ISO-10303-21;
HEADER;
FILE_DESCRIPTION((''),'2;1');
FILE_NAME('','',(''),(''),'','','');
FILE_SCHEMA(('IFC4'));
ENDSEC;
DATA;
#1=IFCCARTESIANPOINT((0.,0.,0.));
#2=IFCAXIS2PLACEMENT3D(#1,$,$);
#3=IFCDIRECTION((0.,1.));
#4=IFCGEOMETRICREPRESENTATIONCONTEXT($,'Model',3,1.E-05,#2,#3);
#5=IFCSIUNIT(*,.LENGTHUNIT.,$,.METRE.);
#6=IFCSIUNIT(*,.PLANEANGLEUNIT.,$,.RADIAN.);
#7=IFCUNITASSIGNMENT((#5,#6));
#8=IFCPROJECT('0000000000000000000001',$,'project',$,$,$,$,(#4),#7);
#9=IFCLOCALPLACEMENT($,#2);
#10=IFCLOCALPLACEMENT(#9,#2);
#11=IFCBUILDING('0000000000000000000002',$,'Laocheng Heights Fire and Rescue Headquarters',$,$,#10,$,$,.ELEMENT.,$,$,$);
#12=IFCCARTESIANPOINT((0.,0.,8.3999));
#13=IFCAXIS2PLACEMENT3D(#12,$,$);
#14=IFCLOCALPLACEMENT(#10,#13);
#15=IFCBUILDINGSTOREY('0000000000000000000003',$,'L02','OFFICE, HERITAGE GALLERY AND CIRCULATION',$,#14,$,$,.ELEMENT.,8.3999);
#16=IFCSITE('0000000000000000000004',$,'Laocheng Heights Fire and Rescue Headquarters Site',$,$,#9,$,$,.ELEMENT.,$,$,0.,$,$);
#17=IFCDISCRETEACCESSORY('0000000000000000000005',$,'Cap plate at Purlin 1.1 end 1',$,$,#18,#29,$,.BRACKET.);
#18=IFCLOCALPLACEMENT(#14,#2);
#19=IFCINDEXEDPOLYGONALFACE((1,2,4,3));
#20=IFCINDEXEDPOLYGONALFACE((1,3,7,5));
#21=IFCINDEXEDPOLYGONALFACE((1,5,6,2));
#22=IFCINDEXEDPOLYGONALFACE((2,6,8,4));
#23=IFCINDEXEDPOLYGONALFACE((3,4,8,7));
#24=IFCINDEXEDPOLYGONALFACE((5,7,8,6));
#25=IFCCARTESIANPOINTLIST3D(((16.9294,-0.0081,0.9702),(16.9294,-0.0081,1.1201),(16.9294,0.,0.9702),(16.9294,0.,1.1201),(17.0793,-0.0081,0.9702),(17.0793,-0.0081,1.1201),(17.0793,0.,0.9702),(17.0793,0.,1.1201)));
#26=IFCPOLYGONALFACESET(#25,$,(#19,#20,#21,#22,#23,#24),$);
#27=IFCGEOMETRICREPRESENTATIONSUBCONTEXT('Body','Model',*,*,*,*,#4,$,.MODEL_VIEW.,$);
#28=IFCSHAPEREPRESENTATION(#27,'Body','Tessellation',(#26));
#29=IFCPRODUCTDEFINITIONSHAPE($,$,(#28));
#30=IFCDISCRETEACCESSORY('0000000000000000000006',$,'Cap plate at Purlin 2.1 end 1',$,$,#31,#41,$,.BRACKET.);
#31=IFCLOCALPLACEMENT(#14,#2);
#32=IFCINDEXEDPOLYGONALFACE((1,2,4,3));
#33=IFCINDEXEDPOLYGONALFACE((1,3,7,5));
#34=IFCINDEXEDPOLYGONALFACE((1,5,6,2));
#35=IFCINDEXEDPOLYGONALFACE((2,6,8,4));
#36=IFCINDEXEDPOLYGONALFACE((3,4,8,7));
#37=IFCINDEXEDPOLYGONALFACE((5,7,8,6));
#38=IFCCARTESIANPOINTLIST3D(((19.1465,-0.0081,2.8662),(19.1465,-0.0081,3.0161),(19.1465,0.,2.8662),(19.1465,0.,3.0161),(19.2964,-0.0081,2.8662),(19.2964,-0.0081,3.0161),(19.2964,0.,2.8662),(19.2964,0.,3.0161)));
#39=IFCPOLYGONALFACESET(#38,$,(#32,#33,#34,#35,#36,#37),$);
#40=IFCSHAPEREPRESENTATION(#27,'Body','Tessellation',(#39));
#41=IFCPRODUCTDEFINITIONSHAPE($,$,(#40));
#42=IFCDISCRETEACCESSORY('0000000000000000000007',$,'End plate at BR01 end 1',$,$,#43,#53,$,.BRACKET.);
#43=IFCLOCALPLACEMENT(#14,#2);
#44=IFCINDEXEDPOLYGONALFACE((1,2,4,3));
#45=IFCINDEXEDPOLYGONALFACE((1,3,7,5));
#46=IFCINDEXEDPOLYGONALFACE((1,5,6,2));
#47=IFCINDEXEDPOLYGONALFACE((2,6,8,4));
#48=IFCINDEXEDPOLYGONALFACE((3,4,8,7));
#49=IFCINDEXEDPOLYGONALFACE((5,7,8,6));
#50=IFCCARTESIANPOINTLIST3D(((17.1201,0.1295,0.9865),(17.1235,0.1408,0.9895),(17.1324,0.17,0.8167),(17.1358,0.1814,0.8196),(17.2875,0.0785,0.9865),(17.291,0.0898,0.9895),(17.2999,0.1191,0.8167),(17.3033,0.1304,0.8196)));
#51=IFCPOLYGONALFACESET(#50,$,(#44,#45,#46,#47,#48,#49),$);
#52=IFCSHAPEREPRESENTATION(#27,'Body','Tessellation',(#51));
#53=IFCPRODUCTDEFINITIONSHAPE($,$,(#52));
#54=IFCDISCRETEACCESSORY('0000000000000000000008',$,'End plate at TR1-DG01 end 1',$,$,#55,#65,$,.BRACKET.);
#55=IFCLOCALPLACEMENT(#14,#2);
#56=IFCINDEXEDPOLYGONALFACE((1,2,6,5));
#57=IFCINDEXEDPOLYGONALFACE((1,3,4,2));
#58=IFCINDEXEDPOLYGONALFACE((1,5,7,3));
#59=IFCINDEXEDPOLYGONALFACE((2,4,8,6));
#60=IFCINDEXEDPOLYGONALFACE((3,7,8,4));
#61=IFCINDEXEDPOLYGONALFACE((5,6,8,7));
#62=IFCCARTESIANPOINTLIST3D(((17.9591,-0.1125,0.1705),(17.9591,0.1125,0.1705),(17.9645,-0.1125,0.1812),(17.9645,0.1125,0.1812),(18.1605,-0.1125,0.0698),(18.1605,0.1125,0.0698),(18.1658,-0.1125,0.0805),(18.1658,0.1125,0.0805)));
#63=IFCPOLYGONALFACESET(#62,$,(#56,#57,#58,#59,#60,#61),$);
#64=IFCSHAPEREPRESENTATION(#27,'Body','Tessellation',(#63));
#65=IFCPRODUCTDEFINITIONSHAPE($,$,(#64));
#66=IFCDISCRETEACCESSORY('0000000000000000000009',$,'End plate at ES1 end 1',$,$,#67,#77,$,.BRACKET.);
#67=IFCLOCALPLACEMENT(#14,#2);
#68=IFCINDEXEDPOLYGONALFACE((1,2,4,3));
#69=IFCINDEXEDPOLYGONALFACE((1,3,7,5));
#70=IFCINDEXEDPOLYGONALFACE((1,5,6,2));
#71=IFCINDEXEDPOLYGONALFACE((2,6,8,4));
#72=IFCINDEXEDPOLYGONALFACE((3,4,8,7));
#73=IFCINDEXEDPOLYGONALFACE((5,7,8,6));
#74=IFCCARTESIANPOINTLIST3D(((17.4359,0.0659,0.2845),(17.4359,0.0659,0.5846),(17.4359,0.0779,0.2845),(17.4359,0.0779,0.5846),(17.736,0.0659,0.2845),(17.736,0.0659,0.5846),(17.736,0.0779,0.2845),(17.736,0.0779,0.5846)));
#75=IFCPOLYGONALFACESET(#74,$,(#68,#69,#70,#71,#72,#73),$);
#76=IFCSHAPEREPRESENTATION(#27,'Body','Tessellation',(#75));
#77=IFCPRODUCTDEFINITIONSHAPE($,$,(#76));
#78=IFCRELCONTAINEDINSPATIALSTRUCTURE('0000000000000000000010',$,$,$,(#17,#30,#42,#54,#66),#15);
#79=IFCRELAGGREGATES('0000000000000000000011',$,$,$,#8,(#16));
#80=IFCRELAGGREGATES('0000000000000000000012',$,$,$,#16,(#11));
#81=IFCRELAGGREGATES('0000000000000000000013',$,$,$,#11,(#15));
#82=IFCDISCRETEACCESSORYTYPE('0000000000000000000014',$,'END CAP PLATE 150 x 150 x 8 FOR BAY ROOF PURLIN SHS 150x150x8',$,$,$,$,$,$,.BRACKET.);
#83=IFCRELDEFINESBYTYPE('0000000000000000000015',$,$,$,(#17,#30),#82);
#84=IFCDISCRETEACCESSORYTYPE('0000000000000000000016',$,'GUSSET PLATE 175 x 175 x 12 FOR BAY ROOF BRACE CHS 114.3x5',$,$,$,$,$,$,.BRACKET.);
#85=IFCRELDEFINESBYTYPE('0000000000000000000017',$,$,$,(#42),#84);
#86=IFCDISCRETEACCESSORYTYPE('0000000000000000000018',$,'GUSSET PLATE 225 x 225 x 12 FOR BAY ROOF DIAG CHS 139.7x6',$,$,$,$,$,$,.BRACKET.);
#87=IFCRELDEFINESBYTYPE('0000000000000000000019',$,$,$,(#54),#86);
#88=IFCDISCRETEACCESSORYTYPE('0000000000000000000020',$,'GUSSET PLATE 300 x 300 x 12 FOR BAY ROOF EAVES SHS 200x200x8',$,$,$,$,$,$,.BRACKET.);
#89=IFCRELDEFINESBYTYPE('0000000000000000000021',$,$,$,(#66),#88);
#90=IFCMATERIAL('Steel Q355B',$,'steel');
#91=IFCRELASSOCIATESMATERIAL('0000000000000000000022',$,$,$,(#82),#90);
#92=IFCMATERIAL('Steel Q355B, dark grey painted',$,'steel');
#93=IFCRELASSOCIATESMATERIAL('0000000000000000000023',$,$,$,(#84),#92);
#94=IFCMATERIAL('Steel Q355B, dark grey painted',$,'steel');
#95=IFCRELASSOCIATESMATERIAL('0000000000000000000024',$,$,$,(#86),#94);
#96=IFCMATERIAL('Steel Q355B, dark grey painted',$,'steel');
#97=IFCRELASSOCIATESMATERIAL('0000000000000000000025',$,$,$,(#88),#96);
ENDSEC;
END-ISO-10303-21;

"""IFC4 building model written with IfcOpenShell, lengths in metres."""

from ifc_helpers import new_model, si_unit, direction, frame, origin, origin_2d, place, context, subcontext, project, spatial, rectangle, extrude, material, material_profile, profile_set, type_object, element, save


model = new_model("IFC4")

# Units and contexts
model_context = context("Model", 3, precision=1e-05, world=origin(), true_north=direction((0.0, 1.0)))
body_context = subcontext(model_context, "Body", "Model", "MODEL_VIEW")
ifc_project = project(units=[si_unit("LENGTHUNIT", "METRE"), si_unit("PLANEANGLEUNIT", "RADIAN")], contexts=[model_context])

# Site, building, storey
site_placement = place(None, origin())
site = spatial("IfcSite", under=ifc_project, at=site_placement, Name="Laocheng Heights Fire and Rescue Headquarters Site", CompositionType="ELEMENT", RefElevation=0.0)
building_placement = place(site_placement, origin())
building = spatial("IfcBuilding", under=site, at=building_placement, Name="Laocheng Heights Fire and Rescue Headquarters", CompositionType="ELEMENT")
storey_placement = place(building_placement, frame((0.0, 0.0, 8.3999)))
storey = spatial("IfcBuildingStorey", under=building, at=storey_placement, Name="L02", Description="OFFICE, HERITAGE GALLERY AND CIRCULATION", CompositionType="ELEMENT", Elevation=8.3999)

# Discrete accessories
ifc_material_1 = material(Name="Steel Q355B", Category="steel")
ifc_material_profile_1 = material_profile(ifc_material_1, rectangle(XDim=0.1499, YDim=0.1499, at=origin_2d()), Name="END CAP PLATE 150 x 150 x 8 FOR BAY ROOF PURLIN SHS 150x150x8")
ifc_profile_set_1 = profile_set([ifc_material_profile_1], Name="Steel Q355B")
discrete_accessory_type_1 = type_object("IfcDiscreteAccessoryType", Name="END CAP PLATE 150 x 150 x 8 FOR BAY ROOF PURLIN SHS 150x150x8", PredefinedType="BRACKET", material=ifc_profile_set_1)
for number, where, z_axis, x_axis, name in (
    (1, (17.0044, -0.0081, 1.0452), (0.0, 1.0, 0.0), (-1.0, 0.0, 0.0), "Cap plate at Purlin 1.1 end 1"),
    (2, (19.2214, -0.0081, 2.9412), (0.0, 1.0, 0.0), (-1.0, 0.0, 0.0), "Cap plate at Purlin 2.1 end 1"),
):
    element("IfcDiscreteAccessory", number, at=place(storey_placement, frame(where, z_axis=z_axis, x_axis=x_axis)), inside=storey, type_object=discrete_accessory_type_1, Name=name, PredefinedType="BRACKET", context=body_context, shape_type="SweptSolid", body=[
        extrude(rectangle(XDim=0.1499, YDim=0.1499, at=origin_2d()), origin(), (0.0, 0.0, 1.0), 0.0081),
    ])
ifc_material_2 = material(Name="Steel Q355B, dark grey painted", Category="steel")
ifc_material_profile_2 = material_profile(ifc_material_2, rectangle(XDim=0.175, YDim=0.175, at=origin_2d()), Name="GUSSET PLATE 175 x 175 x 12 FOR BAY ROOF BRACE CHS 114.3x5")
ifc_profile_set_2 = profile_set([ifc_material_profile_2], Name="Steel Q355B, dark grey painted")
discrete_accessory_type_2 = type_object("IfcDiscreteAccessoryType", Name="GUSSET PLATE 175 x 175 x 12 FOR BAY ROOF BRACE CHS 114.3x5", PredefinedType="BRACKET", material=ifc_profile_set_2)
discrete_accessory_1_placement = place(storey_placement, frame((17.21, 0.1243, 0.9016), z_axis=(0.282497, 0.928204, 0.24214), x_axis=(-0.956674, 0.291162, 0.0)))
element("IfcDiscreteAccessory", 3, at=discrete_accessory_1_placement, inside=storey, type_object=discrete_accessory_type_2, Name="End plate at BR01 end 1", PredefinedType="BRACKET", context=body_context, shape_type="SweptSolid", body=[
    extrude(rectangle(XDim=0.175, YDim=0.175, at=origin_2d()), origin(), (0.0, 0.0, 1.0), 0.0122),
])
ifc_material_3 = material(Name="Steel Q355B, dark grey painted", Category="steel")
ifc_material_profile_3 = material_profile(ifc_material_3, rectangle(XDim=0.2251, YDim=0.2251, at=origin_2d()), Name="GUSSET PLATE 225 x 225 x 12 FOR BAY ROOF DIAG CHS 139.7x6")
ifc_profile_set_3 = profile_set([ifc_material_profile_3], Name="Steel Q355B, dark grey painted")
discrete_accessory_type_3 = type_object("IfcDiscreteAccessoryType", Name="GUSSET PLATE 225 x 225 x 12 FOR BAY ROOF DIAG CHS 139.7x6", PredefinedType="BRACKET", material=ifc_profile_set_3)
discrete_accessory_2_placement = place(storey_placement, frame((18.0598, 0.0, 0.1201), z_axis=(0.447214, 0.0, 0.894427), x_axis=(0.0, 1.0, 0.0)))
element("IfcDiscreteAccessory", 4, at=discrete_accessory_2_placement, inside=storey, type_object=discrete_accessory_type_3, Name="End plate at TR1-DG01 end 1", PredefinedType="BRACKET", context=body_context, shape_type="SweptSolid", body=[
    extrude(rectangle(XDim=0.2251, YDim=0.2251, at=origin_2d()), origin(), (0.0, 0.0, 1.0), 0.012),
])
ifc_material_4 = material(Name="Steel Q355B, dark grey painted", Category="steel")
ifc_material_profile_4 = material_profile(ifc_material_4, rectangle(XDim=0.3, YDim=0.3, at=origin_2d()), Name="GUSSET PLATE 300 x 300 x 12 FOR BAY ROOF EAVES SHS 200x200x8")
ifc_profile_set_4 = profile_set([ifc_material_profile_4], Name="Steel Q355B, dark grey painted")
discrete_accessory_type_4 = type_object("IfcDiscreteAccessoryType", Name="GUSSET PLATE 300 x 300 x 12 FOR BAY ROOF EAVES SHS 200x200x8", PredefinedType="BRACKET", material=ifc_profile_set_4)
discrete_accessory_3_placement = place(storey_placement, frame((17.5859, 0.0659, 0.4346), z_axis=(0.0, 1.0, 0.0), x_axis=(-1.0, 0.0, 0.0)))
element("IfcDiscreteAccessory", 5, at=discrete_accessory_3_placement, inside=storey, type_object=discrete_accessory_type_4, Name="End plate at ES1 end 1", PredefinedType="BRACKET", context=body_context, shape_type="SweptSolid", body=[
    extrude(rectangle(XDim=0.3, YDim=0.3, at=origin_2d()), origin(), (0.0, 0.0, 1.0), 0.012),
])

save(model, "model.ifc")
